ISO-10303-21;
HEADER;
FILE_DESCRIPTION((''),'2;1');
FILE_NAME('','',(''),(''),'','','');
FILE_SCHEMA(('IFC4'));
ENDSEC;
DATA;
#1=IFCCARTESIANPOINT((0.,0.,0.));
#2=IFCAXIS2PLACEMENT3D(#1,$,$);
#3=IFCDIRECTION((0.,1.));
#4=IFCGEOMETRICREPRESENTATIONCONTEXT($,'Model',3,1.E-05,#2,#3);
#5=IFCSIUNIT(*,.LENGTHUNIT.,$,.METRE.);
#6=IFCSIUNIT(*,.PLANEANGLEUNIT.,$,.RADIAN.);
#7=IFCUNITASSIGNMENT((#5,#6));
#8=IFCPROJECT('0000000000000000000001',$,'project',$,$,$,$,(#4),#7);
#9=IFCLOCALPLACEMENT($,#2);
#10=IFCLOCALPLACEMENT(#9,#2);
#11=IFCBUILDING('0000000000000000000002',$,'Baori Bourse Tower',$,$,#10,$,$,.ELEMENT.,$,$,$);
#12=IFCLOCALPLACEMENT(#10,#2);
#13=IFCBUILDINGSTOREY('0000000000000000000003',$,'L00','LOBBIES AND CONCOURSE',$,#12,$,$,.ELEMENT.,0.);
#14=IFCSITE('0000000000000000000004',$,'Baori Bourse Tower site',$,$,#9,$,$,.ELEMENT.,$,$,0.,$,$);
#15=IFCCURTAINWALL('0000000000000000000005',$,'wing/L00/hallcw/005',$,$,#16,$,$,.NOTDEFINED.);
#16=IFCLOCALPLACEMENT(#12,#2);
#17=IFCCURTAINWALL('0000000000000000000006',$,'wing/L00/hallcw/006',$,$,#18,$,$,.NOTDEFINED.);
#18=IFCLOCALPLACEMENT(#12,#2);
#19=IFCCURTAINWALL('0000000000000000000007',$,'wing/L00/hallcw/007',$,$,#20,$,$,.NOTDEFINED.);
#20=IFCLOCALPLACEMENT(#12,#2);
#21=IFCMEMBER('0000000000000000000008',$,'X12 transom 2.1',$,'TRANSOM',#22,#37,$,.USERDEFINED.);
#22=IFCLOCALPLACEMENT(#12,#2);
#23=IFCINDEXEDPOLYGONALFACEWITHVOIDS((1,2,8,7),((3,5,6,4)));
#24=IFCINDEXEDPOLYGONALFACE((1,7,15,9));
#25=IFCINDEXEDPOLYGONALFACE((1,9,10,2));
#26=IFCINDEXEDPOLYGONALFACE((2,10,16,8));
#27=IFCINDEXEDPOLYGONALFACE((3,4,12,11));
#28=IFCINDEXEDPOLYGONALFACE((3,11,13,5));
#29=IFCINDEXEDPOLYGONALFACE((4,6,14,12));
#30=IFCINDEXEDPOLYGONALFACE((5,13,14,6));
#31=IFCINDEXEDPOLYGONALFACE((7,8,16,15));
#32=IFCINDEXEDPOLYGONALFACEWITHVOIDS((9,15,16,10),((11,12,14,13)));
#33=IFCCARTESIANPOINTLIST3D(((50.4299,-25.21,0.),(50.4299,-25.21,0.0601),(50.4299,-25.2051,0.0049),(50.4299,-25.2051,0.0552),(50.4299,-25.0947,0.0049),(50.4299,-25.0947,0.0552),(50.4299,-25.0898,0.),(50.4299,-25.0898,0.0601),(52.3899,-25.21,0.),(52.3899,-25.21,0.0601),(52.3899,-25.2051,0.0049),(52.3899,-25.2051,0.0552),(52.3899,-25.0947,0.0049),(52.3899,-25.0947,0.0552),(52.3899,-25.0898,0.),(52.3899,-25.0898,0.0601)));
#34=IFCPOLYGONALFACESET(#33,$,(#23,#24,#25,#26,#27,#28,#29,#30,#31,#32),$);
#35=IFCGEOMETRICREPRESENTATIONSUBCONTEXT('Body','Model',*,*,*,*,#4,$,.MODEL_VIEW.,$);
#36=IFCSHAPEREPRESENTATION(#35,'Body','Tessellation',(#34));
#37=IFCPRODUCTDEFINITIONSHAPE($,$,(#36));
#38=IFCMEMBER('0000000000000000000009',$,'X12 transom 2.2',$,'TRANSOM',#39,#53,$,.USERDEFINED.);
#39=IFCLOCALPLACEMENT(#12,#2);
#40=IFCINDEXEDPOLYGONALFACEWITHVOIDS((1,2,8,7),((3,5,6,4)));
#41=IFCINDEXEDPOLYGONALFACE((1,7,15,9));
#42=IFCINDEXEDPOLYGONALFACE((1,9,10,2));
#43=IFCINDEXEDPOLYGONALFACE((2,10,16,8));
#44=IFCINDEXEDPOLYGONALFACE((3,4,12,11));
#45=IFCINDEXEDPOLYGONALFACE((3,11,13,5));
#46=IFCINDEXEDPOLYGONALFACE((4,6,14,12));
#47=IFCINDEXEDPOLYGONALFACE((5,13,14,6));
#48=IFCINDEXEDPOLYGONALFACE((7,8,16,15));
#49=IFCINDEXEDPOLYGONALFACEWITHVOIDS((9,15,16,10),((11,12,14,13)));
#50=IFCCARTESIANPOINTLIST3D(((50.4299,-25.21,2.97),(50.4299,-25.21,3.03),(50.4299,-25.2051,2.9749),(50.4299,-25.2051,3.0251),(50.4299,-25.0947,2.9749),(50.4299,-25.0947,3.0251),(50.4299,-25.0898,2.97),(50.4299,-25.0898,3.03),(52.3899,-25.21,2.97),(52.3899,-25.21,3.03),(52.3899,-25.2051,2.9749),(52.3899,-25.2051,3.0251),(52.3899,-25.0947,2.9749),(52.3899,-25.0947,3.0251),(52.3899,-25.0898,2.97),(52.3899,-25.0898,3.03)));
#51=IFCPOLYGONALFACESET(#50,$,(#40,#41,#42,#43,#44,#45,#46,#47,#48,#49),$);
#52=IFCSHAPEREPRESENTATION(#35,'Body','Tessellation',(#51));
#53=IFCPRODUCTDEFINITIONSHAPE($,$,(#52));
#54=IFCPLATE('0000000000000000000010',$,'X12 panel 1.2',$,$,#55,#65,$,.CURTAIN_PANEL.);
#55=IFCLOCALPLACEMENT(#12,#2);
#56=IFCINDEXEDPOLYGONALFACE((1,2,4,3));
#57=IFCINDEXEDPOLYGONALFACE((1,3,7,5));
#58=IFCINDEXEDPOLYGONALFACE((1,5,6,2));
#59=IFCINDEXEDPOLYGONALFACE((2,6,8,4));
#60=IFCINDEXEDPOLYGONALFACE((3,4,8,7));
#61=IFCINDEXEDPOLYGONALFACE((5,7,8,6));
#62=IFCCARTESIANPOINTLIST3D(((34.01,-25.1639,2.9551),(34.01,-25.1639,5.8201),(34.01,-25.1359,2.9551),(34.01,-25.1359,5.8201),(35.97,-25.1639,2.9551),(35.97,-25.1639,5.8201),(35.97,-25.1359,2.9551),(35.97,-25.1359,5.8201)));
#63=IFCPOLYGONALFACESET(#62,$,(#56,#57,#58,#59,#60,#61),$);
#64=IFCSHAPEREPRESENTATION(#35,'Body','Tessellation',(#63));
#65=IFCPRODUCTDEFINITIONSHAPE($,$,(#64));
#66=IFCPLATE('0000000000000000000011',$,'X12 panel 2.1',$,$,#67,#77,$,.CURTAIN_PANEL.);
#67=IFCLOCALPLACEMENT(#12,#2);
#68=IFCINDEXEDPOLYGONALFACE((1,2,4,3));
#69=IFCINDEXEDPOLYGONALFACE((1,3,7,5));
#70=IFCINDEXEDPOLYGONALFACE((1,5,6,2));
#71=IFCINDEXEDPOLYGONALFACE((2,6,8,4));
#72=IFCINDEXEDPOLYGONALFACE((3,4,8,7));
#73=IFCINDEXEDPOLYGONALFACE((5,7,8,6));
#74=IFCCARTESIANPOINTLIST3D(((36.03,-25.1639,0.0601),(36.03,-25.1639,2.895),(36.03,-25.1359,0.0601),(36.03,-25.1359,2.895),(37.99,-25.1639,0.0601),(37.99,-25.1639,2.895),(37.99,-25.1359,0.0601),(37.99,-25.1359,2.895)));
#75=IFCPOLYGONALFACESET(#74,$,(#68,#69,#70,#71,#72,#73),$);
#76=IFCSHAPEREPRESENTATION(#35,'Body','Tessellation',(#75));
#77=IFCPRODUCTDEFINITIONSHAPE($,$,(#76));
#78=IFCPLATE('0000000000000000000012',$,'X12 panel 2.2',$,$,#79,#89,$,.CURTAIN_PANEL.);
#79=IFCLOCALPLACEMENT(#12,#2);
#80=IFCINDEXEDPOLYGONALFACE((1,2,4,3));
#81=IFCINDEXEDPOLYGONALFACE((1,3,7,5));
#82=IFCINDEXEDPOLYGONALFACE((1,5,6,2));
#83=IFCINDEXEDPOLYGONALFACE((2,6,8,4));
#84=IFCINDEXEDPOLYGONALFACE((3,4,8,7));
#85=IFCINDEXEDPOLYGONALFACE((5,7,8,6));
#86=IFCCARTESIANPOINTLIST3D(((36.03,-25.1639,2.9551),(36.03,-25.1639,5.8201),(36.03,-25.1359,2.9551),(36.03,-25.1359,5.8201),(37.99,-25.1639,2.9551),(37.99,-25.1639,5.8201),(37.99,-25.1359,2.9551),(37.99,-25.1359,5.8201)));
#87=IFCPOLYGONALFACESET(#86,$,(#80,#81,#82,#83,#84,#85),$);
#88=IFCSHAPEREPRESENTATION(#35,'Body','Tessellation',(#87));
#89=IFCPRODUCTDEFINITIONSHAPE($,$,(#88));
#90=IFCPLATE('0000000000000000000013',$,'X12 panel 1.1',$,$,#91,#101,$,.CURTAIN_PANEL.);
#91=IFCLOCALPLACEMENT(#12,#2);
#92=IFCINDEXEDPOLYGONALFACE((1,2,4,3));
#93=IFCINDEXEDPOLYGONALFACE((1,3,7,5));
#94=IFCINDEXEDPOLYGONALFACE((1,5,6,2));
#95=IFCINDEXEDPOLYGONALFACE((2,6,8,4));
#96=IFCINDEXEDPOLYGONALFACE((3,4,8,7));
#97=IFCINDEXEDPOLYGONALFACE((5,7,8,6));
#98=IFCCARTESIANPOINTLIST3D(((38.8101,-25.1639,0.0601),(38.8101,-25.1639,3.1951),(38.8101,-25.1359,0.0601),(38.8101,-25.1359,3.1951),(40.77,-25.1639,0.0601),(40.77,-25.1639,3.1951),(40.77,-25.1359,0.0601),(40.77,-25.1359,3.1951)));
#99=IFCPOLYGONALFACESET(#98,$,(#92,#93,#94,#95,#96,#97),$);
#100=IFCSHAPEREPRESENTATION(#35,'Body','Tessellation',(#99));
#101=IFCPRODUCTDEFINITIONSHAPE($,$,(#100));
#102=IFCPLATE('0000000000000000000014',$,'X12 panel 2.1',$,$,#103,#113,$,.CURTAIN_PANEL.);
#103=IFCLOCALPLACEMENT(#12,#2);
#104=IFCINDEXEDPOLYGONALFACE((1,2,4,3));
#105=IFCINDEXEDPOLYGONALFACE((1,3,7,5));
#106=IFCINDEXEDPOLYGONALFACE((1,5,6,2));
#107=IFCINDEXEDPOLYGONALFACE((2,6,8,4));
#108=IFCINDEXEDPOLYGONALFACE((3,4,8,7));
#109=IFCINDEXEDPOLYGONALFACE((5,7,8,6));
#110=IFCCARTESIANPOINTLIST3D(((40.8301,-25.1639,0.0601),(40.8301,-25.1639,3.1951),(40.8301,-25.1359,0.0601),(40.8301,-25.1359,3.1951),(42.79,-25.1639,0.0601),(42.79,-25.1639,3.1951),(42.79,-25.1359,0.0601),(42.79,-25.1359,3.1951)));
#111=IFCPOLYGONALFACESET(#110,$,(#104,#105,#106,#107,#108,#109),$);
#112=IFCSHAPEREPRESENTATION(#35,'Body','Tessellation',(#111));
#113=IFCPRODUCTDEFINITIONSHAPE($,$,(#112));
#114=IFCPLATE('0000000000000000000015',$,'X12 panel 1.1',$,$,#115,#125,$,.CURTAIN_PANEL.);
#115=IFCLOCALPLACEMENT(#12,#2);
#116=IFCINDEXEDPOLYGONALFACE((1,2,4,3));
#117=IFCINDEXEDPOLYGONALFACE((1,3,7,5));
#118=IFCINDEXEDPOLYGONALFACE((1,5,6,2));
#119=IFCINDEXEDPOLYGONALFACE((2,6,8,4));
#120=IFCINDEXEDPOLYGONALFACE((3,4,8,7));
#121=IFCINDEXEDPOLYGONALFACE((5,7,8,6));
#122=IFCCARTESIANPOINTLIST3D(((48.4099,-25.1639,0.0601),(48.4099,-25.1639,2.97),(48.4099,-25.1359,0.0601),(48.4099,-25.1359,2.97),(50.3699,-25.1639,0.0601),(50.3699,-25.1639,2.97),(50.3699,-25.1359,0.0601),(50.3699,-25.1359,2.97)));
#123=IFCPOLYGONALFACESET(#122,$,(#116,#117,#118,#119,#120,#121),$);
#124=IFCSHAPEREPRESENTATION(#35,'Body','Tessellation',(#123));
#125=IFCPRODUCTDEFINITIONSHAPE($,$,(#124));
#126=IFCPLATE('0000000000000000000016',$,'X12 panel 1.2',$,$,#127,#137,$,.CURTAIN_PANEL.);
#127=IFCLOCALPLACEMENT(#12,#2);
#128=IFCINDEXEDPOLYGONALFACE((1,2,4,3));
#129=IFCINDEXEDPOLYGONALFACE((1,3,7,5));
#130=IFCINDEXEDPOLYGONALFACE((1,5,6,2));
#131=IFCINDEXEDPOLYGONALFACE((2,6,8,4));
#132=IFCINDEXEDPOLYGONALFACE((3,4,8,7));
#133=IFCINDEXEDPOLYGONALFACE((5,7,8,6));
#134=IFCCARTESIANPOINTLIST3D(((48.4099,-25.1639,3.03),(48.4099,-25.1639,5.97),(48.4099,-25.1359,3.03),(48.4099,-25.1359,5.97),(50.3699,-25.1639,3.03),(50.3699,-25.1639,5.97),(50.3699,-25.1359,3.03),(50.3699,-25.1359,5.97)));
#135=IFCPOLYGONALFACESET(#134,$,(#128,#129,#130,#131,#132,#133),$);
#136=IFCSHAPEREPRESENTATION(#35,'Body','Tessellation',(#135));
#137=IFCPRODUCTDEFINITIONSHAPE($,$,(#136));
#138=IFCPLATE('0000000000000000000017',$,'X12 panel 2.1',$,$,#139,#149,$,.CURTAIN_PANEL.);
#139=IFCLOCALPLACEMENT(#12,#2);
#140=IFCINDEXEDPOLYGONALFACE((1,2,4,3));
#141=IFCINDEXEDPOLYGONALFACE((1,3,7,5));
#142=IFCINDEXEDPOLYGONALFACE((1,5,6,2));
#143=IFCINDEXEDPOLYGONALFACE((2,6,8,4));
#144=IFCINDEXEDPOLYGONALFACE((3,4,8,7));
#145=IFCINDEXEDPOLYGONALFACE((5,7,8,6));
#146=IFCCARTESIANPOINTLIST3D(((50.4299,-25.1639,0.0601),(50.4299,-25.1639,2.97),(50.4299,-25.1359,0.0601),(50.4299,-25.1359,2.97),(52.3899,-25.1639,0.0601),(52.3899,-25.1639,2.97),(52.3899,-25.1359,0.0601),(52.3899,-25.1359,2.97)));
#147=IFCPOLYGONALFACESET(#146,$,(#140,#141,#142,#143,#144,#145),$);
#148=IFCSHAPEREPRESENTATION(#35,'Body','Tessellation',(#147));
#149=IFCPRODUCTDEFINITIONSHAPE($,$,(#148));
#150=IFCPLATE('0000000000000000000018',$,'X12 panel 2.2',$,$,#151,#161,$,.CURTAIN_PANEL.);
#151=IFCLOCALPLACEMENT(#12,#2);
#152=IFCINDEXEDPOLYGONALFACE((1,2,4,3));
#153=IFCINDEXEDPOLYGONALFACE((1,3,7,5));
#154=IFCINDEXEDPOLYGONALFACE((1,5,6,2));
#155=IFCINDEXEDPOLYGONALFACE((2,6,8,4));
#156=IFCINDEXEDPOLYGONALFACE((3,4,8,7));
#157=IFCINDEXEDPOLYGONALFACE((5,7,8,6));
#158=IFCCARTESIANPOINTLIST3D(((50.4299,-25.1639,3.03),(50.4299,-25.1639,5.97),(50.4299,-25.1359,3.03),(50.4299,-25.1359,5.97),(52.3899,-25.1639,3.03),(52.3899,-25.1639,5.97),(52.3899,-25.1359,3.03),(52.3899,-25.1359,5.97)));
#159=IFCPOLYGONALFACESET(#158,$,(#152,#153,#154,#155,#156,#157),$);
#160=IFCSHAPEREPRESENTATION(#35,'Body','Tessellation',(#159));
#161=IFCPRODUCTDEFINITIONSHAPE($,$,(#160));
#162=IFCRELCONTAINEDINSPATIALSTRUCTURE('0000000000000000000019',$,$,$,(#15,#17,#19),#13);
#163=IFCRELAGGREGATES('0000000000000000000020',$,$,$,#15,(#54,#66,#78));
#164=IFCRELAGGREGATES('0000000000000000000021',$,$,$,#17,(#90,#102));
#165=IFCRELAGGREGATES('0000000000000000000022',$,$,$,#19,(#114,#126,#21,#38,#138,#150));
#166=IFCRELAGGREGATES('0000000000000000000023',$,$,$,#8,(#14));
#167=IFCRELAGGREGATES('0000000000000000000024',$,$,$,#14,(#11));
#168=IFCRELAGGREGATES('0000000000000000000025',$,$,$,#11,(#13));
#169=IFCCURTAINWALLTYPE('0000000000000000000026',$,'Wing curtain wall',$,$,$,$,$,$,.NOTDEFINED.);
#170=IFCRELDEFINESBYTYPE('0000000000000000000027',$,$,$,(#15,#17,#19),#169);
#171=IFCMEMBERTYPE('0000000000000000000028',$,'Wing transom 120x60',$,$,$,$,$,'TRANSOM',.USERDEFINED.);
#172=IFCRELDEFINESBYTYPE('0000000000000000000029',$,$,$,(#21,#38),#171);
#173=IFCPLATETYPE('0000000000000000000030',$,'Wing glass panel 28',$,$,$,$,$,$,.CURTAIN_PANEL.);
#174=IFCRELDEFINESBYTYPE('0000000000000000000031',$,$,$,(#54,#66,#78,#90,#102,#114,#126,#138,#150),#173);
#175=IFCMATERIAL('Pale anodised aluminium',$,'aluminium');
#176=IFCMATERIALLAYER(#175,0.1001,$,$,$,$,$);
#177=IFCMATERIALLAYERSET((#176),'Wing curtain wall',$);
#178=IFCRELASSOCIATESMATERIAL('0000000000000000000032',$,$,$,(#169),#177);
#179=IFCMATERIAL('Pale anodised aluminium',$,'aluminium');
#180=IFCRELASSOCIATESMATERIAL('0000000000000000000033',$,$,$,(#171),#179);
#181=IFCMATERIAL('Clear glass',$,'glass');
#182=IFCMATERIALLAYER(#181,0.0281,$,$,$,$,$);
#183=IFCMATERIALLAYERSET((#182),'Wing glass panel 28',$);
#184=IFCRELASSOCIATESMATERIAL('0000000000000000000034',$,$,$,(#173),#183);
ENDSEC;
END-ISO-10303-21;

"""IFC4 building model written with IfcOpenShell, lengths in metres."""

from ifc_helpers import new_model, si_unit, direction, frame, origin, origin_2d, place, context, subcontext, project, spatial, rectangle, hollow_rectangle, extrude, material, layer, layer_set, material_profile, profile_set, type_object, element, aggregate, save


model = new_model("IFC4")

# Units and contexts
model_context = context("Model", 3, precision=1e-05, world=origin(), true_north=direction((0.0, 1.0)))
body_context = subcontext(model_context, "Body", "Model", "MODEL_VIEW")
ifc_project = project(units=[si_unit("LENGTHUNIT", "METRE"), si_unit("PLANEANGLEUNIT", "RADIAN")], contexts=[model_context])

# Site, building, storey
site_placement = place(None, origin())
site = spatial("IfcSite", under=ifc_project, at=site_placement, Name="Baori Bourse Tower site", CompositionType="ELEMENT", RefElevation=0.0)
building_placement = place(site_placement, origin())
building = spatial("IfcBuilding", under=site, at=building_placement, Name="Baori Bourse Tower", CompositionType="ELEMENT")
storey_placement = place(building_placement, origin())
storey = spatial("IfcBuildingStorey", under=building, at=storey_placement, Name="L00", Description="LOBBIES AND CONCOURSE", CompositionType="ELEMENT", Elevation=0.0)

# Curtain walls
ifc_material_1 = material(Name="Pale anodised aluminium", Category="aluminium")
ifc_layer_1 = layer(ifc_material_1, 0.1001)
ifc_layer_set_1 = layer_set([ifc_layer_1], Name="Wing curtain wall")
curtain_wall_type = type_object("IfcCurtainWallType", Name="Wing curtain wall", PredefinedType="NOTDEFINED", material=ifc_layer_set_1)
curtain_wall_1_placement = place(storey_placement, origin())
curtain_wall_1 = element("IfcCurtainWall", 1, at=curtain_wall_1_placement, inside=storey, type_object=curtain_wall_type, Name="wing/L00/hallcw/005", PredefinedType="NOTDEFINED")
curtain_wall_2_placement = place(storey_placement, origin())
curtain_wall_2 = element("IfcCurtainWall", 2, at=curtain_wall_2_placement, inside=storey, type_object=curtain_wall_type, Name="wing/L00/hallcw/006", PredefinedType="NOTDEFINED")
curtain_wall_3_placement = place(storey_placement, origin())
curtain_wall_3 = element("IfcCurtainWall", 3, at=curtain_wall_3_placement, inside=storey, type_object=curtain_wall_type, Name="wing/L00/hallcw/007", PredefinedType="NOTDEFINED")

# Members
ifc_material_2 = material(Name="Pale anodised aluminium", Category="aluminium")
ifc_material_profile_1 = material_profile(ifc_material_2, hollow_rectangle(XDim=0.1201, YDim=0.0601, WallThickness=0.0049, at=origin_2d()), Name="Transom 120x60x5")
ifc_profile_set_1 = profile_set([ifc_material_profile_1], Name="Pale anodised aluminium")
member_type_1 = type_object("IfcMemberType", Name="Wing transom 120x60", ElementType="TRANSOM", PredefinedType="USERDEFINED", material=ifc_profile_set_1)
member_1_placement = place(storey_placement, frame((50.4299, -25.1499, 0.03), z_axis=(1.0, 0.0, 0.0), x_axis=(0.0, 1.0, 0.0)))
member_1 = element("IfcMember", 4, at=member_1_placement, type_object=member_type_1, Name="X12 transom 2.1", ObjectType="TRANSOM", PredefinedType="USERDEFINED", context=body_context, shape_type="SweptSolid", body=[
    extrude(hollow_rectangle(XDim=0.1201, YDim=0.0601, WallThickness=0.0049, at=origin_2d()), origin(), (0.0, 0.0, 1.0), 1.96),
])
member_2_placement = place(storey_placement, frame((50.4299, -25.1499, 3.0), z_axis=(1.0, 0.0, 0.0), x_axis=(0.0, 1.0, 0.0)))
member_2 = element("IfcMember", 5, at=member_2_placement, type_object=member_type_1, Name="X12 transom 2.2", ObjectType="TRANSOM", PredefinedType="USERDEFINED", context=body_context, shape_type="SweptSolid", body=[
    extrude(hollow_rectangle(XDim=0.1201, YDim=0.0601, WallThickness=0.0049, at=origin_2d()), origin(), (0.0, 0.0, 1.0), 1.96),
])

# Plates
ifc_material_3 = material(Name="Clear glass", Category="glass")
ifc_layer_2 = layer(ifc_material_3, 0.0281)
ifc_layer_set_2 = layer_set([ifc_layer_2], Name="Wing glass panel 28")
plate_type = type_object("IfcPlateType", Name="Wing glass panel 28", PredefinedType="CURTAIN_PANEL", material=ifc_layer_set_2)
plate_1_placement = place(storey_placement, frame((34.99, -25.1499, 2.9551), z_axis=(0.0, 0.0, 1.0), x_axis=(1.0, 0.0, 0.0)))
plate_1 = element("IfcPlate", 6, at=plate_1_placement, type_object=plate_type, Name="X12 panel 1.2", PredefinedType="CURTAIN_PANEL", context=body_context, shape_type="SweptSolid", body=[
    extrude(rectangle(XDim=1.96, YDim=0.0281, at=origin_2d()), origin(), (0.0, 0.0, 1.0), 2.865),
])
plate_2_placement = place(storey_placement, frame((37.01, -25.1499, 0.0601), z_axis=(0.0, 0.0, 1.0), x_axis=(1.0, 0.0, 0.0)))
plate_2 = element("IfcPlate", 7, at=plate_2_placement, type_object=plate_type, Name="X12 panel 2.1", PredefinedType="CURTAIN_PANEL", context=body_context, shape_type="SweptSolid", body=[
    extrude(rectangle(XDim=1.96, YDim=0.0281, at=origin_2d()), origin(), (0.0, 0.0, 1.0), 2.835),
])
plate_3_placement = place(storey_placement, frame((37.01, -25.1499, 2.9551), z_axis=(0.0, 0.0, 1.0), x_axis=(1.0, 0.0, 0.0)))
plate_3 = element("IfcPlate", 8, at=plate_3_placement, type_object=plate_type, Name="X12 panel 2.2", PredefinedType="CURTAIN_PANEL", context=body_context, shape_type="SweptSolid", body=[
    extrude(rectangle(XDim=1.96, YDim=0.0281, at=origin_2d()), origin(), (0.0, 0.0, 1.0), 2.865),
])
aggregate(curtain_wall_1, [plate_1, plate_2, plate_3])
plate_4_placement = place(storey_placement, frame((39.79, -25.1499, 0.0601), z_axis=(0.0, 0.0, 1.0), x_axis=(1.0, 0.0, 0.0)))
plate_4 = element("IfcPlate", 9, at=plate_4_placement, type_object=plate_type, Name="X12 panel 1.1", PredefinedType="CURTAIN_PANEL", context=body_context, shape_type="SweptSolid", body=[
    extrude(rectangle(XDim=1.96, YDim=0.0281, at=origin_2d()), origin(), (0.0, 0.0, 1.0), 3.135),
])
plate_5_placement = place(storey_placement, frame((41.8101, -25.1499, 0.0601), z_axis=(0.0, 0.0, 1.0), x_axis=(1.0, 0.0, 0.0)))
plate_5 = element("IfcPlate", 10, at=plate_5_placement, type_object=plate_type, Name="X12 panel 2.1", PredefinedType="CURTAIN_PANEL", context=body_context, shape_type="SweptSolid", body=[
    extrude(rectangle(XDim=1.96, YDim=0.0281, at=origin_2d()), origin(), (0.0, 0.0, 1.0), 3.135),
])
aggregate(curtain_wall_2, [plate_4, plate_5])
plate_6_placement = place(storey_placement, frame((49.3899, -25.1499, 0.0601), z_axis=(0.0, 0.0, 1.0), x_axis=(1.0, 0.0, 0.0)))
plate_6 = element("IfcPlate", 11, at=plate_6_placement, type_object=plate_type, Name="X12 panel 1.1", PredefinedType="CURTAIN_PANEL", context=body_context, shape_type="SweptSolid", body=[
    extrude(rectangle(XDim=1.96, YDim=0.0281, at=origin_2d()), origin(), (0.0, 0.0, 1.0), 2.9099),
])
plate_7_placement = place(storey_placement, frame((49.3899, -25.1499, 3.03), z_axis=(0.0, 0.0, 1.0), x_axis=(1.0, 0.0, 0.0)))
plate_7 = element("IfcPlate", 12, at=plate_7_placement, type_object=plate_type, Name="X12 panel 1.2", PredefinedType="CURTAIN_PANEL", context=body_context, shape_type="SweptSolid", body=[
    extrude(rectangle(XDim=1.96, YDim=0.0281, at=origin_2d()), origin(), (0.0, 0.0, 1.0), 2.9399),
])
plate_8_placement = place(storey_placement, frame((51.4099, -25.1499, 0.0601), z_axis=(0.0, 0.0, 1.0), x_axis=(1.0, 0.0, 0.0)))
plate_8 = element("IfcPlate", 13, at=plate_8_placement, type_object=plate_type, Name="X12 panel 2.1", PredefinedType="CURTAIN_PANEL", context=body_context, shape_type="SweptSolid", body=[
    extrude(rectangle(XDim=1.96, YDim=0.0281, at=origin_2d()), origin(), (0.0, 0.0, 1.0), 2.9099),
])
plate_9_placement = place(storey_placement, frame((51.4099, -25.1499, 3.03), z_axis=(0.0, 0.0, 1.0), x_axis=(1.0, 0.0, 0.0)))
plate_9 = element("IfcPlate", 14, at=plate_9_placement, type_object=plate_type, Name="X12 panel 2.2", PredefinedType="CURTAIN_PANEL", context=body_context, shape_type="SweptSolid", body=[
    extrude(rectangle(XDim=1.96, YDim=0.0281, at=origin_2d()), origin(), (0.0, 0.0, 1.0), 2.9399),
])
aggregate(curtain_wall_3, [plate_6, plate_7, member_1, member_2, plate_8, plate_9])

save(model, "model.ifc")
